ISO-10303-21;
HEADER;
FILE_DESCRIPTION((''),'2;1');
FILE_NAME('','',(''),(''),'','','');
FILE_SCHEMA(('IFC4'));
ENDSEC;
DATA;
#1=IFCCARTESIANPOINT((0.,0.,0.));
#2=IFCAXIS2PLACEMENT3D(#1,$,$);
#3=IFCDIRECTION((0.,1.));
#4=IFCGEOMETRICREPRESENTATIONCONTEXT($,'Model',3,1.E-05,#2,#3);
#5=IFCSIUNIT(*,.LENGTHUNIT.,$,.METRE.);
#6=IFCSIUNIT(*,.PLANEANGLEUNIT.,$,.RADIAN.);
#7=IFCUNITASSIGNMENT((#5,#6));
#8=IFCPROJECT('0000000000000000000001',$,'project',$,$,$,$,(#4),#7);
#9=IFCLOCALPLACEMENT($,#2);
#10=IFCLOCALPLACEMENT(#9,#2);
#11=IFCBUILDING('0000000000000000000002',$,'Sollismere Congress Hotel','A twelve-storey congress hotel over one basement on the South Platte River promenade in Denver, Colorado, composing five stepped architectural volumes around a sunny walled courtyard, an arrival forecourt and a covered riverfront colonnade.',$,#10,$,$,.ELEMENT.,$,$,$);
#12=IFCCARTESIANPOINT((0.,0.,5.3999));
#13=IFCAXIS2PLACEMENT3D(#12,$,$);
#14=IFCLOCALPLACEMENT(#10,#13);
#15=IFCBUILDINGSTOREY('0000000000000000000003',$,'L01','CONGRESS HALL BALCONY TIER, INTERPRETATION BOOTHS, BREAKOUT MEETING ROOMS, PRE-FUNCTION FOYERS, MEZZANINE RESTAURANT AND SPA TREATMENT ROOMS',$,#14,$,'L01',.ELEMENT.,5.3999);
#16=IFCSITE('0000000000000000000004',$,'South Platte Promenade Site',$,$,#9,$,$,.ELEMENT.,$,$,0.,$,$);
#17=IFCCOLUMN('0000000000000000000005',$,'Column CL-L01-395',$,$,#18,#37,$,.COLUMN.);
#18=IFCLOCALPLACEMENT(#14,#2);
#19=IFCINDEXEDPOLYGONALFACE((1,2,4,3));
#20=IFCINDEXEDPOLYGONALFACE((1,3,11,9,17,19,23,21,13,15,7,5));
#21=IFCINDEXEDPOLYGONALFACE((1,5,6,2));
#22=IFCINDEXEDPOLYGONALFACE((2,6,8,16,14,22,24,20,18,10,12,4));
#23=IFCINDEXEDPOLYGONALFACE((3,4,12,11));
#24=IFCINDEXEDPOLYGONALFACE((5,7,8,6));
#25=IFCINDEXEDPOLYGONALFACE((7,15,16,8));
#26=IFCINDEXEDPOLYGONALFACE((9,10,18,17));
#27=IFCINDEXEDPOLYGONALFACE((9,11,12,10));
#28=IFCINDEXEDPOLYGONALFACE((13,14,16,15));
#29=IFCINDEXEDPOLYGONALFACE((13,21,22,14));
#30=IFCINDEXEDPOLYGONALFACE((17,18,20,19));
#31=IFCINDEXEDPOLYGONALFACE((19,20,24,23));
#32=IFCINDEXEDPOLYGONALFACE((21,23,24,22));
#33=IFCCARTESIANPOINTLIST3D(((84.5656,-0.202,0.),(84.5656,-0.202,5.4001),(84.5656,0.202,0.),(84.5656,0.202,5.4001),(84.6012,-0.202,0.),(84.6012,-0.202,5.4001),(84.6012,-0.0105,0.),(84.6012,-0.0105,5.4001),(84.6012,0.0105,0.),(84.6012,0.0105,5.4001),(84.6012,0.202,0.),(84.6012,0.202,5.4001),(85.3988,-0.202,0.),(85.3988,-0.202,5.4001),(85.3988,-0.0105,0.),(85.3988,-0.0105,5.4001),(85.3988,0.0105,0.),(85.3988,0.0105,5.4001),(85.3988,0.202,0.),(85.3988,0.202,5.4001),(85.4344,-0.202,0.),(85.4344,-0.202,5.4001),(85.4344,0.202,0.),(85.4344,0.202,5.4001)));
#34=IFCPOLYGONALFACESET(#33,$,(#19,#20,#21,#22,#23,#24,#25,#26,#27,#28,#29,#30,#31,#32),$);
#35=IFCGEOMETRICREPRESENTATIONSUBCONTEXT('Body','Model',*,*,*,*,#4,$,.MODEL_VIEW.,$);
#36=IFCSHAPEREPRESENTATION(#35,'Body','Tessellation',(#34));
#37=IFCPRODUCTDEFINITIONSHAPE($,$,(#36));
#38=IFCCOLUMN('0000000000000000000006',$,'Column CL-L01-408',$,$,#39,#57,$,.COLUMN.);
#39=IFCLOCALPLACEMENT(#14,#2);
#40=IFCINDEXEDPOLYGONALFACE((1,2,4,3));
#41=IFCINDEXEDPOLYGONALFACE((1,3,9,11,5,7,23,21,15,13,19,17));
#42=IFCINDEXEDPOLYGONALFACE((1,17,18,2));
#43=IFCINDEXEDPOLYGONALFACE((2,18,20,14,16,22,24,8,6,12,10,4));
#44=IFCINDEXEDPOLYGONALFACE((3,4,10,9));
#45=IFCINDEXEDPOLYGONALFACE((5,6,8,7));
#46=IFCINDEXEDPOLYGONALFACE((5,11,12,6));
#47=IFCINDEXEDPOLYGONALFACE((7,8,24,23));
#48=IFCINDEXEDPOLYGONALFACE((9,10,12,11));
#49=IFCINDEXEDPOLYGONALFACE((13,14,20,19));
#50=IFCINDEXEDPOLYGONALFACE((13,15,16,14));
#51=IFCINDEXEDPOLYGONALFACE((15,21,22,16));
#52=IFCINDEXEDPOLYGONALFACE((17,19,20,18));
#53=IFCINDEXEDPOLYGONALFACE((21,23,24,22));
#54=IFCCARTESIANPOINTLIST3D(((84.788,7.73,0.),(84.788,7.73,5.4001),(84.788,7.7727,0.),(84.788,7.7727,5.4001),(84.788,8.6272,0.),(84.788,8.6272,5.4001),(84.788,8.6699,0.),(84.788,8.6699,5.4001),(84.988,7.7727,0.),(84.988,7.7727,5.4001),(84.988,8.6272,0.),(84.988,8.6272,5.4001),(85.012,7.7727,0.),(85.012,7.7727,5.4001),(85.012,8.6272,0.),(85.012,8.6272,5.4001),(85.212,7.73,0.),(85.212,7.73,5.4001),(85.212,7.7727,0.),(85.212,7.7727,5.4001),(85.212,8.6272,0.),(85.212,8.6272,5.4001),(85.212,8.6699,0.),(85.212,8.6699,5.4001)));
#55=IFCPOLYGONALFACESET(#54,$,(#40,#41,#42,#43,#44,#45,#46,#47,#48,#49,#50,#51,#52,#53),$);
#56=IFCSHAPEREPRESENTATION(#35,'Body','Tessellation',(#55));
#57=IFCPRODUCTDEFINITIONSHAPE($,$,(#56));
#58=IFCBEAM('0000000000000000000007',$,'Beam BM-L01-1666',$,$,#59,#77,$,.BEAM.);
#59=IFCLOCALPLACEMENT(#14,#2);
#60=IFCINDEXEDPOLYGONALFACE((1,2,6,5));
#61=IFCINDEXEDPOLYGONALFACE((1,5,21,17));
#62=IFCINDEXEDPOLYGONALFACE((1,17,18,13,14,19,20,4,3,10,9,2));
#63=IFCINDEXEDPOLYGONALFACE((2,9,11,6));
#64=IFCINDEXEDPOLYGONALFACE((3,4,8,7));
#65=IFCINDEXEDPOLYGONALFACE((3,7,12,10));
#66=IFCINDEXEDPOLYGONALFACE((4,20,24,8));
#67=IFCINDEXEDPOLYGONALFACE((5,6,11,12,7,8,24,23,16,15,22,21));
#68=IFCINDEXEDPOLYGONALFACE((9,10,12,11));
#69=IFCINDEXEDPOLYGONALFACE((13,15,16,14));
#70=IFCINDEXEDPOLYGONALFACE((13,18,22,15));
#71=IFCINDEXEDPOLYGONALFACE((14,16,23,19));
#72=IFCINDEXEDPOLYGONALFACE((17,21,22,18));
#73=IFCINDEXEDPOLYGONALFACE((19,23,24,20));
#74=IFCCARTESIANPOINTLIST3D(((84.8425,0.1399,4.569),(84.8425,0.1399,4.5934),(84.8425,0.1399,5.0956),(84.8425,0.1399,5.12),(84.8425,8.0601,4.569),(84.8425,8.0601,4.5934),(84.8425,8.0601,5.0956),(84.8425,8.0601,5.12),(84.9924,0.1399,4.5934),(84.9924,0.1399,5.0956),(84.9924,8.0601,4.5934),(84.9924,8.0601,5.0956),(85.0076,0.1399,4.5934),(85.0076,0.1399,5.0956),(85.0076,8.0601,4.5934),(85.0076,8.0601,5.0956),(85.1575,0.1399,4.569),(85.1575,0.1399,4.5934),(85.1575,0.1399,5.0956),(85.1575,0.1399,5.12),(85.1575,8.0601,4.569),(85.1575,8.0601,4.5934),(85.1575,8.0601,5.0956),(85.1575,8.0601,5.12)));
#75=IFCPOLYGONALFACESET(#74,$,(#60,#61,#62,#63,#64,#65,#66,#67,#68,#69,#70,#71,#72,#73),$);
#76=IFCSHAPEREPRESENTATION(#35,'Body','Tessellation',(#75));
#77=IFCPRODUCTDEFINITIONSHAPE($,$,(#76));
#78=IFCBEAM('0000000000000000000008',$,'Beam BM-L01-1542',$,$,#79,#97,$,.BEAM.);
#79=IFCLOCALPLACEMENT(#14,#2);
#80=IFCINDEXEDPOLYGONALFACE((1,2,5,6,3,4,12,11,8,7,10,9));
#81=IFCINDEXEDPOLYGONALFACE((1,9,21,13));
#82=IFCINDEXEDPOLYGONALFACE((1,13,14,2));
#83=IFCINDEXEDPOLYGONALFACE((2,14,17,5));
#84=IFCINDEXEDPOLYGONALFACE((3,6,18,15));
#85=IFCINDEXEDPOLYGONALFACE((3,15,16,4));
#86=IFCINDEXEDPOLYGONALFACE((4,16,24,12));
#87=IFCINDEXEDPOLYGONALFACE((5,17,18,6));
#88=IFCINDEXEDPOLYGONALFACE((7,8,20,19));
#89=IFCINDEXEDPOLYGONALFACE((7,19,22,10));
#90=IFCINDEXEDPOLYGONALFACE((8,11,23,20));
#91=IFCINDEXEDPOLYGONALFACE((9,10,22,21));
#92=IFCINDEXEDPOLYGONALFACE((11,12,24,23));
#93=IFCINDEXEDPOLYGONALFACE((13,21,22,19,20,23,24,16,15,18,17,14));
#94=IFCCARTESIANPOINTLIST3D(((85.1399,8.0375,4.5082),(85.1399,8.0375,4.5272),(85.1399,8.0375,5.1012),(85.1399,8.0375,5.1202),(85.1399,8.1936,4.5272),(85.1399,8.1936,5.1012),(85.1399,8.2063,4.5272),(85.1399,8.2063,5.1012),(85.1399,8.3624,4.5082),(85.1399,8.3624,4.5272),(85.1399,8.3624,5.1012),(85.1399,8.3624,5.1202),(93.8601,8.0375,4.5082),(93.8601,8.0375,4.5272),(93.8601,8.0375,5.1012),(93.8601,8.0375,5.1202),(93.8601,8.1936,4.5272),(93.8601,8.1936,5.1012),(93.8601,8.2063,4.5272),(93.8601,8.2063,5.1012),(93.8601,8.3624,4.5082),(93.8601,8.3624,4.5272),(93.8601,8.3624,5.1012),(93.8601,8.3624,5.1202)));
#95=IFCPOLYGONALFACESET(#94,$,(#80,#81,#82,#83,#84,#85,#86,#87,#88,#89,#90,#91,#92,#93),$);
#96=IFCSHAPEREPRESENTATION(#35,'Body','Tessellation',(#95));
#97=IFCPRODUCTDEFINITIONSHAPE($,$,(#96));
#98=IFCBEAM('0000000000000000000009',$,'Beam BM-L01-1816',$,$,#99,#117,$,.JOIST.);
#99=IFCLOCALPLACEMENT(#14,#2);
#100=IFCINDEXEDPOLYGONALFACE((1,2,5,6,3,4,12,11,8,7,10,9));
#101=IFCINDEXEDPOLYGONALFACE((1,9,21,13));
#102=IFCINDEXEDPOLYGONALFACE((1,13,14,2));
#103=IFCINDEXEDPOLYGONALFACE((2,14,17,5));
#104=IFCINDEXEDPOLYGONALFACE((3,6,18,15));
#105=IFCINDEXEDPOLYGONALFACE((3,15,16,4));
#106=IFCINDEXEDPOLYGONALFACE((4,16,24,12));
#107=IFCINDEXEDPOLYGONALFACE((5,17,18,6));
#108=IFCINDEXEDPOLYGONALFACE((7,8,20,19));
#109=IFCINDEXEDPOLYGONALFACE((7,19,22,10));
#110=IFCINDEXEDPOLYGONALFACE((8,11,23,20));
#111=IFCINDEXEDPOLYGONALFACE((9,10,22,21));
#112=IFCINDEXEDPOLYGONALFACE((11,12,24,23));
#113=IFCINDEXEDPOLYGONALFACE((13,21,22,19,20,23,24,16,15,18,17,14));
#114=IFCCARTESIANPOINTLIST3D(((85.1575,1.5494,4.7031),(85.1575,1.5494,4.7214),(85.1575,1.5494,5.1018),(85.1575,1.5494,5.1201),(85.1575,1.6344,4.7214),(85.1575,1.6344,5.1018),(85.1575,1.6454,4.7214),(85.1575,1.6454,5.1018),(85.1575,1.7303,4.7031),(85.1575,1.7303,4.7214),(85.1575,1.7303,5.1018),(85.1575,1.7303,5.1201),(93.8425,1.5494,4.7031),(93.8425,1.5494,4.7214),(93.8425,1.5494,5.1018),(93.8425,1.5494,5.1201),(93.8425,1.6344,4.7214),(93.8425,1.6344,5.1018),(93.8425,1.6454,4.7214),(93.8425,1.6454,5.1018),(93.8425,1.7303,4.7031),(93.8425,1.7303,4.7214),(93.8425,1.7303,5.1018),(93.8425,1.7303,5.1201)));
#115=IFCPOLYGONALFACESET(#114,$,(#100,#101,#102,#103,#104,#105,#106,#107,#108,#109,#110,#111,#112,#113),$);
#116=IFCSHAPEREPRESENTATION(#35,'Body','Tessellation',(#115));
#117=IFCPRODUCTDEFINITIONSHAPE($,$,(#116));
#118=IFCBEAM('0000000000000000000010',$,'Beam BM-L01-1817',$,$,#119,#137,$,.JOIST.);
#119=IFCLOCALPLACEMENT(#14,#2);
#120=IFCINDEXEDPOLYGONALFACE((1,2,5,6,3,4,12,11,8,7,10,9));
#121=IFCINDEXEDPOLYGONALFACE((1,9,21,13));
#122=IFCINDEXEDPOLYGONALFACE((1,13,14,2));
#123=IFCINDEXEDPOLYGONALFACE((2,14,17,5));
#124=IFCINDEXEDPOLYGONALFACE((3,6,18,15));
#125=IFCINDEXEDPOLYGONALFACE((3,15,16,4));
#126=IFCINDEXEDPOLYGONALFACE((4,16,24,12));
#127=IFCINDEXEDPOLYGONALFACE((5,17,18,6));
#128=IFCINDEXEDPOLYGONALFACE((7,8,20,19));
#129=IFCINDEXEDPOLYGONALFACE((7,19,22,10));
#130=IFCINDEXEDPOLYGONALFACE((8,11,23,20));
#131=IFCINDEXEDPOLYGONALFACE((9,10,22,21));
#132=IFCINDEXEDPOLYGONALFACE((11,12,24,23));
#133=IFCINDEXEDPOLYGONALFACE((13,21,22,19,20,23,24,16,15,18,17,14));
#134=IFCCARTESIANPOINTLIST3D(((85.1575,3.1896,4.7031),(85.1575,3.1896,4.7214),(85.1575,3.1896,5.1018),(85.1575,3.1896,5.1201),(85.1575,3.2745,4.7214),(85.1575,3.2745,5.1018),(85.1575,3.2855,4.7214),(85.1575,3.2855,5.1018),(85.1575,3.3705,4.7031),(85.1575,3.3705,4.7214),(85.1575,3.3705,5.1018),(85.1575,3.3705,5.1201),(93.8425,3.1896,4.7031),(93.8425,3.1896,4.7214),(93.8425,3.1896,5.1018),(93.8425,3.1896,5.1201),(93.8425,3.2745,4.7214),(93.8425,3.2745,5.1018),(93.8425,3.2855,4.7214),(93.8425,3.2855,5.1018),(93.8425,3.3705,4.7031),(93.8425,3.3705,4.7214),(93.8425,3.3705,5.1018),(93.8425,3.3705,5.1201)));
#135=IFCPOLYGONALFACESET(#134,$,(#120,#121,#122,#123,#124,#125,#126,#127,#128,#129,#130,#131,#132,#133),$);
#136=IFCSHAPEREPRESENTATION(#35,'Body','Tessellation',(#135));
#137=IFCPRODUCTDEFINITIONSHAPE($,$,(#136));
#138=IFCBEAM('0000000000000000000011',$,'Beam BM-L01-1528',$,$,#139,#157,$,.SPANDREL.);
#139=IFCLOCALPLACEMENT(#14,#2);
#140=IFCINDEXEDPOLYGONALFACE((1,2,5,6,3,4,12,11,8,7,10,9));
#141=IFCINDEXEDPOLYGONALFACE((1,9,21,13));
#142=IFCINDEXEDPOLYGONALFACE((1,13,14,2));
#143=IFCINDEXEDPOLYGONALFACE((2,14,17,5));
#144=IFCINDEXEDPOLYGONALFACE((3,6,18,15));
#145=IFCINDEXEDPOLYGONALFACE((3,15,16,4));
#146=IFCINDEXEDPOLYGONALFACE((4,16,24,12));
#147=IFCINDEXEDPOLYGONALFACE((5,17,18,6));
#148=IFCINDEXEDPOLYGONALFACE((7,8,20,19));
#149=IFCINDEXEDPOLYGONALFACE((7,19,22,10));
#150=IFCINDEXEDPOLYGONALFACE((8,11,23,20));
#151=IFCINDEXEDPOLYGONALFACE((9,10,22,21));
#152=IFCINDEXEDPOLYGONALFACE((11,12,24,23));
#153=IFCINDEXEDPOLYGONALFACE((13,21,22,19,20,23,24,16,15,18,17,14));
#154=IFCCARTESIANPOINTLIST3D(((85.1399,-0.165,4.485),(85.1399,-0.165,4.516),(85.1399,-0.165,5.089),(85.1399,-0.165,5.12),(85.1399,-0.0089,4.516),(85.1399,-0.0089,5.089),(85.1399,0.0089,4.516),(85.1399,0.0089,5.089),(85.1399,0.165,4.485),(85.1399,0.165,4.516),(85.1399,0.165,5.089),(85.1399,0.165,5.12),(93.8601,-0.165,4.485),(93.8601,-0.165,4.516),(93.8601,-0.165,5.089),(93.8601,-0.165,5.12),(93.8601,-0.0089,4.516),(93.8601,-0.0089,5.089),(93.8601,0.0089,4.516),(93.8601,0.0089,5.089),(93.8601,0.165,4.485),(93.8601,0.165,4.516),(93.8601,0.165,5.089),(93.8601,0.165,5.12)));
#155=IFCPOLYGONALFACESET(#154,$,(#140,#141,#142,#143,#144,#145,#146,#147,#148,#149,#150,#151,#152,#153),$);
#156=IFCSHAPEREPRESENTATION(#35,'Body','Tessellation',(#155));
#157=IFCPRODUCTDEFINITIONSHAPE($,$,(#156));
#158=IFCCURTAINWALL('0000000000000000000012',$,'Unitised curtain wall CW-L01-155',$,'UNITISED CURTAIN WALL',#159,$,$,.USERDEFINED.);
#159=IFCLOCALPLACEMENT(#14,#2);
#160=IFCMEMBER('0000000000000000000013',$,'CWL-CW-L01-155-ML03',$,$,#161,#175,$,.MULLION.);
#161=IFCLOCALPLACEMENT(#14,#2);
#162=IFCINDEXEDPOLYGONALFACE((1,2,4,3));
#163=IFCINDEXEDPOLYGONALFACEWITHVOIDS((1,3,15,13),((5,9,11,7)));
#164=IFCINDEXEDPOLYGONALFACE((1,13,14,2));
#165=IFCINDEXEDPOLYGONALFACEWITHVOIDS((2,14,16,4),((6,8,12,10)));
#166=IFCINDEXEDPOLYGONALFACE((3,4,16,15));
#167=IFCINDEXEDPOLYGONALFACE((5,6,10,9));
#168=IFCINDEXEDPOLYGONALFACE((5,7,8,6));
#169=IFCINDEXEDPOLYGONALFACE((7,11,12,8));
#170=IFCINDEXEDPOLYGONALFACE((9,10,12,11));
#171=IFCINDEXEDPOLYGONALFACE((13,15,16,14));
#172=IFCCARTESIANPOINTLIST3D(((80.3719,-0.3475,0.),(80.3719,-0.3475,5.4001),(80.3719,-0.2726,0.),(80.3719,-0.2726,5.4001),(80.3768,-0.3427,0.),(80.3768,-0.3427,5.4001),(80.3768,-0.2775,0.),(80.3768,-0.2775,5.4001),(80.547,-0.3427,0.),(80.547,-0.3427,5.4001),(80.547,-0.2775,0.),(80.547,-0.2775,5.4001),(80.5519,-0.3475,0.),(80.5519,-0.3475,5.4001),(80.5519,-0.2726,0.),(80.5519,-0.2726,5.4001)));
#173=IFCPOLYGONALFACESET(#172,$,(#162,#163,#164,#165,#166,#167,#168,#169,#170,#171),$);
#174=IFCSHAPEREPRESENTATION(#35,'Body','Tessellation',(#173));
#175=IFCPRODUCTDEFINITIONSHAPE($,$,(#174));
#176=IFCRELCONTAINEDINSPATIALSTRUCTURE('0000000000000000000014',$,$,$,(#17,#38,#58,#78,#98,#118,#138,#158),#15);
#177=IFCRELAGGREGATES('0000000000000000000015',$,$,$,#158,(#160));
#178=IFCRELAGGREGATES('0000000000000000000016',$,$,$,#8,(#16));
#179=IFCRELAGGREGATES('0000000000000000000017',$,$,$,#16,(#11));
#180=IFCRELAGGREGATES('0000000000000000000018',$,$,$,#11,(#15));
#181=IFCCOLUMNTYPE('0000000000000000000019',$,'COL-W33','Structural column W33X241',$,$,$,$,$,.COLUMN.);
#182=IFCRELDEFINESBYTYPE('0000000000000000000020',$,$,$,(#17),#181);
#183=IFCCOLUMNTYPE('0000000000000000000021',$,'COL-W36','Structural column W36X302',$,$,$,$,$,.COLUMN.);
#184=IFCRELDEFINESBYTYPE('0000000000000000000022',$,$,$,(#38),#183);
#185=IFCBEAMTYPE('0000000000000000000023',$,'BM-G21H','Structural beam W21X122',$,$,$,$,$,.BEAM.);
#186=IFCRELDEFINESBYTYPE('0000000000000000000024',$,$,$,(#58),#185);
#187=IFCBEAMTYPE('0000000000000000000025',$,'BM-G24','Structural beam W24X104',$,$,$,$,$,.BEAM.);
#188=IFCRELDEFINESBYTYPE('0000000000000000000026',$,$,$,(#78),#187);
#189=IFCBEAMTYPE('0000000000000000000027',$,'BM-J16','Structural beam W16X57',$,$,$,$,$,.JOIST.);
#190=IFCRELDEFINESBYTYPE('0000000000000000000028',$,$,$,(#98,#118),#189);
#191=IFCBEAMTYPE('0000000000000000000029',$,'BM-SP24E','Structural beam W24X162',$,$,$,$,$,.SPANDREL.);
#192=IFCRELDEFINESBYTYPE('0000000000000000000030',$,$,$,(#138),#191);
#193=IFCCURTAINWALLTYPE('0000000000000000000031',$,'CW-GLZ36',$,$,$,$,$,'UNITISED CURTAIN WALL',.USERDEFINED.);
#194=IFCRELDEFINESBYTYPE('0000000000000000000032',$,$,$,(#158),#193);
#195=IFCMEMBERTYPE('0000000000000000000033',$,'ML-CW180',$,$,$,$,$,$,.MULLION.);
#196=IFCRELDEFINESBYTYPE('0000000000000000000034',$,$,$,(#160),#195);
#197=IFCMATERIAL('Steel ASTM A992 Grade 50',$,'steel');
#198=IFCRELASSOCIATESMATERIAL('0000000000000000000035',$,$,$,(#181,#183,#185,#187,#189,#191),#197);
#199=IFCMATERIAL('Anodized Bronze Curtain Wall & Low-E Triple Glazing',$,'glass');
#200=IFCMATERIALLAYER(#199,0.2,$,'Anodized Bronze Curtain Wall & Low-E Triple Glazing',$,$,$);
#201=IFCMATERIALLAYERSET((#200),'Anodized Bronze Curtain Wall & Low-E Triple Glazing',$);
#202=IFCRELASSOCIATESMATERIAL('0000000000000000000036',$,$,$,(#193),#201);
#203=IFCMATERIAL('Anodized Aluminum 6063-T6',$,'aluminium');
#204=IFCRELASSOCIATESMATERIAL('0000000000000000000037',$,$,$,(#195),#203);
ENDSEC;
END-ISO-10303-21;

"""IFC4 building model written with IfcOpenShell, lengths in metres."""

from ifc_helpers import new_model, si_unit, direction, frame, origin, origin_2d, place, context, subcontext, project, spatial, hollow_rectangle, i_section, extrude, material, layer, layer_set, material_profile, profile_set, type_object, element, aggregate, save


model = new_model("IFC4")

# Units and contexts
model_context = context("Model", 3, precision=1e-05, world=origin(), true_north=direction((0.0, 1.0)))
body_context = subcontext(model_context, "Body", "Model", "MODEL_VIEW")
ifc_project = project(units=[si_unit("LENGTHUNIT", "METRE"), si_unit("PLANEANGLEUNIT", "RADIAN")], contexts=[model_context])

# Site, building, storey
site_placement = place(None, origin())
site = spatial("IfcSite", under=ifc_project, at=site_placement, Name="South Platte Promenade Site", CompositionType="ELEMENT", RefElevation=0.0)
building_placement = place(site_placement, origin())
building = spatial("IfcBuilding", under=site, at=building_placement, Name="Sollismere Congress Hotel", Description="A twelve-storey congress hotel over one basement on the South Platte River promenade in Denver, Colorado, composing five stepped architectural volumes around a sunny walled courtyard, an arrival forecourt and a covered riverfront colonnade.", CompositionType="ELEMENT")
storey_placement = place(building_placement, frame((0.0, 0.0, 5.3999)))
storey = spatial("IfcBuildingStorey", under=building, at=storey_placement, Name="L01", Description="CONGRESS HALL BALCONY TIER, INTERPRETATION BOOTHS, BREAKOUT MEETING ROOMS, PRE-FUNCTION FOYERS, MEZZANINE RESTAURANT AND SPA TREATMENT ROOMS", LongName="L01", CompositionType="ELEMENT", Elevation=5.3999)

# Columns
ifc_material_1 = material(Name="Steel ASTM A992 Grade 50", Category="steel")
ifc_material_profile_1 = material_profile(ifc_material_1, i_section(OverallWidth=0.4041, OverallDepth=0.8689, WebThickness=0.021, FlangeThickness=0.0356, at=origin_2d()), Name="W33X241")
ifc_profile_set_1 = profile_set([ifc_material_profile_1], Name="Steel ASTM A992 Grade 50")
column_type_1 = type_object("IfcColumnType", Name="COL-W33", Description="Structural column W33X241", PredefinedType="COLUMN", material=ifc_profile_set_1)
column_1_placement = place(storey_placement, frame((85.0, 0.0, 0.0), z_axis=(0.0, 0.0, 1.0), x_axis=(0.0, 1.0, 0.0)))
element("IfcColumn", 1, at=column_1_placement, inside=storey, type_object=column_type_1, Name="Column CL-L01-395", PredefinedType="COLUMN", context=body_context, shape_type="SweptSolid", body=[
    extrude(i_section(OverallWidth=0.4041, OverallDepth=0.8689, WebThickness=0.021, FlangeThickness=0.0356, at=origin_2d()), origin(), (0.0, 0.0, 1.0), 5.4001),
])
ifc_material_profile_2 = material_profile(ifc_material_1, i_section(OverallWidth=0.4241, OverallDepth=0.9399, WebThickness=0.0239, FlangeThickness=0.0427, at=origin_2d()), Name="W36X302")
ifc_profile_set_2 = profile_set([ifc_material_profile_2], Name="Steel ASTM A992 Grade 50")
column_type_2 = type_object("IfcColumnType", Name="COL-W36", Description="Structural column W36X302", PredefinedType="COLUMN", material=ifc_profile_set_2)
column_2_placement = place(storey_placement, frame((85.0, 8.2, 0.0), z_axis=(0.0, 0.0, 1.0), x_axis=(1.0, 0.0, 0.0)))
element("IfcColumn", 2, at=column_2_placement, inside=storey, type_object=column_type_2, Name="Column CL-L01-408", PredefinedType="COLUMN", context=body_context, shape_type="SweptSolid", body=[
    extrude(i_section(OverallWidth=0.4241, OverallDepth=0.9399, WebThickness=0.0239, FlangeThickness=0.0427, at=origin_2d()), origin(), (0.0, 0.0, 1.0), 5.4001),
])

# Beams
ifc_material_profile_3 = material_profile(ifc_material_1, i_section(OverallWidth=0.3149, OverallDepth=0.551, WebThickness=0.0151, FlangeThickness=0.0244, at=origin_2d()), Name="W21X122")
ifc_profile_set_3 = profile_set([ifc_material_profile_3], Name="Steel ASTM A992 Grade 50")
beam_type_1 = type_object("IfcBeamType", Name="BM-G21H", Description="Structural beam W21X122", PredefinedType="BEAM", material=ifc_profile_set_3)
beam_1_placement = place(storey_placement, frame((85.0, 0.1399, 4.8445), z_axis=(0.0, 1.0, 0.0), x_axis=(-1.0, 0.0, 0.0)))
element("IfcBeam", 3, at=beam_1_placement, inside=storey, type_object=beam_type_1, Name="Beam BM-L01-1666", PredefinedType="BEAM", context=body_context, shape_type="SweptSolid", body=[
    extrude(i_section(OverallWidth=0.3149, OverallDepth=0.551, WebThickness=0.0151, FlangeThickness=0.0244, at=origin_2d()), origin(), (0.0, 0.0, 1.0), 7.9202),
])
ifc_material_profile_4 = material_profile(ifc_material_1, i_section(OverallWidth=0.325, OverallDepth=0.6121, WebThickness=0.0127, FlangeThickness=0.019, at=origin_2d()), Name="W24X104")
ifc_profile_set_4 = profile_set([ifc_material_profile_4], Name="Steel ASTM A992 Grade 50")
beam_type_2 = type_object("IfcBeamType", Name="BM-G24", Description="Structural beam W24X104", PredefinedType="BEAM", material=ifc_profile_set_4)
beam_2_placement = place(storey_placement, frame((85.1399, 8.2, 4.8142), z_axis=(1.0, 0.0, 0.0), x_axis=(0.0, 1.0, 0.0)))
element("IfcBeam", 4, at=beam_2_placement, inside=storey, type_object=beam_type_2, Name="Beam BM-L01-1542", PredefinedType="BEAM", context=body_context, shape_type="SweptSolid", body=[
    extrude(i_section(OverallWidth=0.325, OverallDepth=0.6121, WebThickness=0.0127, FlangeThickness=0.019, at=origin_2d()), origin(), (0.0, 0.0, 1.0), 8.7202),
])
ifc_material_profile_5 = material_profile(ifc_material_1, i_section(OverallWidth=0.1809, OverallDepth=0.417, WebThickness=0.011, FlangeThickness=0.0183, at=origin_2d()), Name="W16X57")
ifc_profile_set_5 = profile_set([ifc_material_profile_5], Name="Steel ASTM A992 Grade 50")
beam_type_3 = type_object("IfcBeamType", Name="BM-J16", Description="Structural beam W16X57", PredefinedType="JOIST", material=ifc_profile_set_5)
for number, where, z_axis, x_axis, name in (
    (5, (85.1575, 1.6399, 4.9116), (1.0, 0.0, 0.0), (0.0, 1.0, 0.0), "Beam BM-L01-1816"),
    (6, (85.1575, 3.28, 4.9116), (1.0, 0.0, 0.0), (0.0, 1.0, 0.0), "Beam BM-L01-1817"),
):
    element("IfcBeam", number, at=place(storey_placement, frame(where, z_axis=z_axis, x_axis=x_axis)), inside=storey, type_object=beam_type_3, Name=name, PredefinedType="JOIST", context=body_context, shape_type="SweptSolid", body=[
        extrude(i_section(OverallWidth=0.1809, OverallDepth=0.417, WebThickness=0.011, FlangeThickness=0.0183, at=origin_2d()), origin(), (0.0, 0.0, 1.0), 8.6851),
    ])
ifc_material_profile_6 = material_profile(ifc_material_1, i_section(OverallWidth=0.3301, OverallDepth=0.635, WebThickness=0.0178, FlangeThickness=0.031, at=origin_2d()), Name="W24X162")
ifc_profile_set_6 = profile_set([ifc_material_profile_6], Name="Steel ASTM A992 Grade 50")
beam_type_4 = type_object("IfcBeamType", Name="BM-SP24E", Description="Structural beam W24X162", PredefinedType="SPANDREL", material=ifc_profile_set_6)
beam_3_placement = place(storey_placement, frame((85.1399, 0.0, 4.8025), z_axis=(1.0, 0.0, 0.0), x_axis=(0.0, 1.0, 0.0)))
element("IfcBeam", 7, at=beam_3_placement, inside=storey, type_object=beam_type_4, Name="Beam BM-L01-1528", PredefinedType="SPANDREL", context=body_context, shape_type="SweptSolid", body=[
    extrude(i_section(OverallWidth=0.3301, OverallDepth=0.635, WebThickness=0.0178, FlangeThickness=0.031, at=origin_2d()), origin(), (0.0, 0.0, 1.0), 8.7202),
])

# Curtain wall, member
ifc_material_2 = material(Name="Anodized Bronze Curtain Wall & Low-E Triple Glazing", Category="glass")
ifc_layer_1 = layer(ifc_material_2, 0.2, Name="Anodized Bronze Curtain Wall & Low-E Triple Glazing")
ifc_layer_set_1 = layer_set([ifc_layer_1], Name="Anodized Bronze Curtain Wall & Low-E Triple Glazing")
curtain_wall_type = type_object("IfcCurtainWallType", Name="CW-GLZ36", ElementType="UNITISED CURTAIN WALL", PredefinedType="USERDEFINED", material=ifc_layer_set_1)
curtain_wall_1_placement = place(storey_placement, origin())
curtain_wall_1 = element("IfcCurtainWall", 8, at=curtain_wall_1_placement, inside=storey, type_object=curtain_wall_type, Name="Unitised curtain wall CW-L01-155", ObjectType="UNITISED CURTAIN WALL", PredefinedType="USERDEFINED")
ifc_material_3 = material(Name="Anodized Aluminum 6063-T6", Category="aluminium")
ifc_material_profile_7 = material_profile(ifc_material_3, hollow_rectangle(XDim=0.075, YDim=0.1799, WallThickness=0.0049, at=origin_2d()), Name="ALU180X75X5")
ifc_profile_set_7 = profile_set([ifc_material_profile_7], Name="Anodized Aluminum 6063-T6")
member_type_1 = type_object("IfcMemberType", Name="ML-CW180", PredefinedType="MULLION", material=ifc_profile_set_7)
member_1_placement = place(storey_placement, frame((80.4619, -0.3101, 0.0), z_axis=(0.0, 0.0, 1.0), x_axis=(0.0, 1.0, 0.0)))
member_1 = element("IfcMember", 9, at=member_1_placement, type_object=member_type_1, Name="CWL-CW-L01-155-ML03", PredefinedType="MULLION", context=body_context, shape_type="SweptSolid", body=[
    extrude(hollow_rectangle(XDim=0.075, YDim=0.1799, WallThickness=0.0049, at=origin_2d()), origin(), (0.0, 0.0, 1.0), 5.4001),
])

aggregate(curtain_wall_1, [member_1])

save(model, "model.ifc")
